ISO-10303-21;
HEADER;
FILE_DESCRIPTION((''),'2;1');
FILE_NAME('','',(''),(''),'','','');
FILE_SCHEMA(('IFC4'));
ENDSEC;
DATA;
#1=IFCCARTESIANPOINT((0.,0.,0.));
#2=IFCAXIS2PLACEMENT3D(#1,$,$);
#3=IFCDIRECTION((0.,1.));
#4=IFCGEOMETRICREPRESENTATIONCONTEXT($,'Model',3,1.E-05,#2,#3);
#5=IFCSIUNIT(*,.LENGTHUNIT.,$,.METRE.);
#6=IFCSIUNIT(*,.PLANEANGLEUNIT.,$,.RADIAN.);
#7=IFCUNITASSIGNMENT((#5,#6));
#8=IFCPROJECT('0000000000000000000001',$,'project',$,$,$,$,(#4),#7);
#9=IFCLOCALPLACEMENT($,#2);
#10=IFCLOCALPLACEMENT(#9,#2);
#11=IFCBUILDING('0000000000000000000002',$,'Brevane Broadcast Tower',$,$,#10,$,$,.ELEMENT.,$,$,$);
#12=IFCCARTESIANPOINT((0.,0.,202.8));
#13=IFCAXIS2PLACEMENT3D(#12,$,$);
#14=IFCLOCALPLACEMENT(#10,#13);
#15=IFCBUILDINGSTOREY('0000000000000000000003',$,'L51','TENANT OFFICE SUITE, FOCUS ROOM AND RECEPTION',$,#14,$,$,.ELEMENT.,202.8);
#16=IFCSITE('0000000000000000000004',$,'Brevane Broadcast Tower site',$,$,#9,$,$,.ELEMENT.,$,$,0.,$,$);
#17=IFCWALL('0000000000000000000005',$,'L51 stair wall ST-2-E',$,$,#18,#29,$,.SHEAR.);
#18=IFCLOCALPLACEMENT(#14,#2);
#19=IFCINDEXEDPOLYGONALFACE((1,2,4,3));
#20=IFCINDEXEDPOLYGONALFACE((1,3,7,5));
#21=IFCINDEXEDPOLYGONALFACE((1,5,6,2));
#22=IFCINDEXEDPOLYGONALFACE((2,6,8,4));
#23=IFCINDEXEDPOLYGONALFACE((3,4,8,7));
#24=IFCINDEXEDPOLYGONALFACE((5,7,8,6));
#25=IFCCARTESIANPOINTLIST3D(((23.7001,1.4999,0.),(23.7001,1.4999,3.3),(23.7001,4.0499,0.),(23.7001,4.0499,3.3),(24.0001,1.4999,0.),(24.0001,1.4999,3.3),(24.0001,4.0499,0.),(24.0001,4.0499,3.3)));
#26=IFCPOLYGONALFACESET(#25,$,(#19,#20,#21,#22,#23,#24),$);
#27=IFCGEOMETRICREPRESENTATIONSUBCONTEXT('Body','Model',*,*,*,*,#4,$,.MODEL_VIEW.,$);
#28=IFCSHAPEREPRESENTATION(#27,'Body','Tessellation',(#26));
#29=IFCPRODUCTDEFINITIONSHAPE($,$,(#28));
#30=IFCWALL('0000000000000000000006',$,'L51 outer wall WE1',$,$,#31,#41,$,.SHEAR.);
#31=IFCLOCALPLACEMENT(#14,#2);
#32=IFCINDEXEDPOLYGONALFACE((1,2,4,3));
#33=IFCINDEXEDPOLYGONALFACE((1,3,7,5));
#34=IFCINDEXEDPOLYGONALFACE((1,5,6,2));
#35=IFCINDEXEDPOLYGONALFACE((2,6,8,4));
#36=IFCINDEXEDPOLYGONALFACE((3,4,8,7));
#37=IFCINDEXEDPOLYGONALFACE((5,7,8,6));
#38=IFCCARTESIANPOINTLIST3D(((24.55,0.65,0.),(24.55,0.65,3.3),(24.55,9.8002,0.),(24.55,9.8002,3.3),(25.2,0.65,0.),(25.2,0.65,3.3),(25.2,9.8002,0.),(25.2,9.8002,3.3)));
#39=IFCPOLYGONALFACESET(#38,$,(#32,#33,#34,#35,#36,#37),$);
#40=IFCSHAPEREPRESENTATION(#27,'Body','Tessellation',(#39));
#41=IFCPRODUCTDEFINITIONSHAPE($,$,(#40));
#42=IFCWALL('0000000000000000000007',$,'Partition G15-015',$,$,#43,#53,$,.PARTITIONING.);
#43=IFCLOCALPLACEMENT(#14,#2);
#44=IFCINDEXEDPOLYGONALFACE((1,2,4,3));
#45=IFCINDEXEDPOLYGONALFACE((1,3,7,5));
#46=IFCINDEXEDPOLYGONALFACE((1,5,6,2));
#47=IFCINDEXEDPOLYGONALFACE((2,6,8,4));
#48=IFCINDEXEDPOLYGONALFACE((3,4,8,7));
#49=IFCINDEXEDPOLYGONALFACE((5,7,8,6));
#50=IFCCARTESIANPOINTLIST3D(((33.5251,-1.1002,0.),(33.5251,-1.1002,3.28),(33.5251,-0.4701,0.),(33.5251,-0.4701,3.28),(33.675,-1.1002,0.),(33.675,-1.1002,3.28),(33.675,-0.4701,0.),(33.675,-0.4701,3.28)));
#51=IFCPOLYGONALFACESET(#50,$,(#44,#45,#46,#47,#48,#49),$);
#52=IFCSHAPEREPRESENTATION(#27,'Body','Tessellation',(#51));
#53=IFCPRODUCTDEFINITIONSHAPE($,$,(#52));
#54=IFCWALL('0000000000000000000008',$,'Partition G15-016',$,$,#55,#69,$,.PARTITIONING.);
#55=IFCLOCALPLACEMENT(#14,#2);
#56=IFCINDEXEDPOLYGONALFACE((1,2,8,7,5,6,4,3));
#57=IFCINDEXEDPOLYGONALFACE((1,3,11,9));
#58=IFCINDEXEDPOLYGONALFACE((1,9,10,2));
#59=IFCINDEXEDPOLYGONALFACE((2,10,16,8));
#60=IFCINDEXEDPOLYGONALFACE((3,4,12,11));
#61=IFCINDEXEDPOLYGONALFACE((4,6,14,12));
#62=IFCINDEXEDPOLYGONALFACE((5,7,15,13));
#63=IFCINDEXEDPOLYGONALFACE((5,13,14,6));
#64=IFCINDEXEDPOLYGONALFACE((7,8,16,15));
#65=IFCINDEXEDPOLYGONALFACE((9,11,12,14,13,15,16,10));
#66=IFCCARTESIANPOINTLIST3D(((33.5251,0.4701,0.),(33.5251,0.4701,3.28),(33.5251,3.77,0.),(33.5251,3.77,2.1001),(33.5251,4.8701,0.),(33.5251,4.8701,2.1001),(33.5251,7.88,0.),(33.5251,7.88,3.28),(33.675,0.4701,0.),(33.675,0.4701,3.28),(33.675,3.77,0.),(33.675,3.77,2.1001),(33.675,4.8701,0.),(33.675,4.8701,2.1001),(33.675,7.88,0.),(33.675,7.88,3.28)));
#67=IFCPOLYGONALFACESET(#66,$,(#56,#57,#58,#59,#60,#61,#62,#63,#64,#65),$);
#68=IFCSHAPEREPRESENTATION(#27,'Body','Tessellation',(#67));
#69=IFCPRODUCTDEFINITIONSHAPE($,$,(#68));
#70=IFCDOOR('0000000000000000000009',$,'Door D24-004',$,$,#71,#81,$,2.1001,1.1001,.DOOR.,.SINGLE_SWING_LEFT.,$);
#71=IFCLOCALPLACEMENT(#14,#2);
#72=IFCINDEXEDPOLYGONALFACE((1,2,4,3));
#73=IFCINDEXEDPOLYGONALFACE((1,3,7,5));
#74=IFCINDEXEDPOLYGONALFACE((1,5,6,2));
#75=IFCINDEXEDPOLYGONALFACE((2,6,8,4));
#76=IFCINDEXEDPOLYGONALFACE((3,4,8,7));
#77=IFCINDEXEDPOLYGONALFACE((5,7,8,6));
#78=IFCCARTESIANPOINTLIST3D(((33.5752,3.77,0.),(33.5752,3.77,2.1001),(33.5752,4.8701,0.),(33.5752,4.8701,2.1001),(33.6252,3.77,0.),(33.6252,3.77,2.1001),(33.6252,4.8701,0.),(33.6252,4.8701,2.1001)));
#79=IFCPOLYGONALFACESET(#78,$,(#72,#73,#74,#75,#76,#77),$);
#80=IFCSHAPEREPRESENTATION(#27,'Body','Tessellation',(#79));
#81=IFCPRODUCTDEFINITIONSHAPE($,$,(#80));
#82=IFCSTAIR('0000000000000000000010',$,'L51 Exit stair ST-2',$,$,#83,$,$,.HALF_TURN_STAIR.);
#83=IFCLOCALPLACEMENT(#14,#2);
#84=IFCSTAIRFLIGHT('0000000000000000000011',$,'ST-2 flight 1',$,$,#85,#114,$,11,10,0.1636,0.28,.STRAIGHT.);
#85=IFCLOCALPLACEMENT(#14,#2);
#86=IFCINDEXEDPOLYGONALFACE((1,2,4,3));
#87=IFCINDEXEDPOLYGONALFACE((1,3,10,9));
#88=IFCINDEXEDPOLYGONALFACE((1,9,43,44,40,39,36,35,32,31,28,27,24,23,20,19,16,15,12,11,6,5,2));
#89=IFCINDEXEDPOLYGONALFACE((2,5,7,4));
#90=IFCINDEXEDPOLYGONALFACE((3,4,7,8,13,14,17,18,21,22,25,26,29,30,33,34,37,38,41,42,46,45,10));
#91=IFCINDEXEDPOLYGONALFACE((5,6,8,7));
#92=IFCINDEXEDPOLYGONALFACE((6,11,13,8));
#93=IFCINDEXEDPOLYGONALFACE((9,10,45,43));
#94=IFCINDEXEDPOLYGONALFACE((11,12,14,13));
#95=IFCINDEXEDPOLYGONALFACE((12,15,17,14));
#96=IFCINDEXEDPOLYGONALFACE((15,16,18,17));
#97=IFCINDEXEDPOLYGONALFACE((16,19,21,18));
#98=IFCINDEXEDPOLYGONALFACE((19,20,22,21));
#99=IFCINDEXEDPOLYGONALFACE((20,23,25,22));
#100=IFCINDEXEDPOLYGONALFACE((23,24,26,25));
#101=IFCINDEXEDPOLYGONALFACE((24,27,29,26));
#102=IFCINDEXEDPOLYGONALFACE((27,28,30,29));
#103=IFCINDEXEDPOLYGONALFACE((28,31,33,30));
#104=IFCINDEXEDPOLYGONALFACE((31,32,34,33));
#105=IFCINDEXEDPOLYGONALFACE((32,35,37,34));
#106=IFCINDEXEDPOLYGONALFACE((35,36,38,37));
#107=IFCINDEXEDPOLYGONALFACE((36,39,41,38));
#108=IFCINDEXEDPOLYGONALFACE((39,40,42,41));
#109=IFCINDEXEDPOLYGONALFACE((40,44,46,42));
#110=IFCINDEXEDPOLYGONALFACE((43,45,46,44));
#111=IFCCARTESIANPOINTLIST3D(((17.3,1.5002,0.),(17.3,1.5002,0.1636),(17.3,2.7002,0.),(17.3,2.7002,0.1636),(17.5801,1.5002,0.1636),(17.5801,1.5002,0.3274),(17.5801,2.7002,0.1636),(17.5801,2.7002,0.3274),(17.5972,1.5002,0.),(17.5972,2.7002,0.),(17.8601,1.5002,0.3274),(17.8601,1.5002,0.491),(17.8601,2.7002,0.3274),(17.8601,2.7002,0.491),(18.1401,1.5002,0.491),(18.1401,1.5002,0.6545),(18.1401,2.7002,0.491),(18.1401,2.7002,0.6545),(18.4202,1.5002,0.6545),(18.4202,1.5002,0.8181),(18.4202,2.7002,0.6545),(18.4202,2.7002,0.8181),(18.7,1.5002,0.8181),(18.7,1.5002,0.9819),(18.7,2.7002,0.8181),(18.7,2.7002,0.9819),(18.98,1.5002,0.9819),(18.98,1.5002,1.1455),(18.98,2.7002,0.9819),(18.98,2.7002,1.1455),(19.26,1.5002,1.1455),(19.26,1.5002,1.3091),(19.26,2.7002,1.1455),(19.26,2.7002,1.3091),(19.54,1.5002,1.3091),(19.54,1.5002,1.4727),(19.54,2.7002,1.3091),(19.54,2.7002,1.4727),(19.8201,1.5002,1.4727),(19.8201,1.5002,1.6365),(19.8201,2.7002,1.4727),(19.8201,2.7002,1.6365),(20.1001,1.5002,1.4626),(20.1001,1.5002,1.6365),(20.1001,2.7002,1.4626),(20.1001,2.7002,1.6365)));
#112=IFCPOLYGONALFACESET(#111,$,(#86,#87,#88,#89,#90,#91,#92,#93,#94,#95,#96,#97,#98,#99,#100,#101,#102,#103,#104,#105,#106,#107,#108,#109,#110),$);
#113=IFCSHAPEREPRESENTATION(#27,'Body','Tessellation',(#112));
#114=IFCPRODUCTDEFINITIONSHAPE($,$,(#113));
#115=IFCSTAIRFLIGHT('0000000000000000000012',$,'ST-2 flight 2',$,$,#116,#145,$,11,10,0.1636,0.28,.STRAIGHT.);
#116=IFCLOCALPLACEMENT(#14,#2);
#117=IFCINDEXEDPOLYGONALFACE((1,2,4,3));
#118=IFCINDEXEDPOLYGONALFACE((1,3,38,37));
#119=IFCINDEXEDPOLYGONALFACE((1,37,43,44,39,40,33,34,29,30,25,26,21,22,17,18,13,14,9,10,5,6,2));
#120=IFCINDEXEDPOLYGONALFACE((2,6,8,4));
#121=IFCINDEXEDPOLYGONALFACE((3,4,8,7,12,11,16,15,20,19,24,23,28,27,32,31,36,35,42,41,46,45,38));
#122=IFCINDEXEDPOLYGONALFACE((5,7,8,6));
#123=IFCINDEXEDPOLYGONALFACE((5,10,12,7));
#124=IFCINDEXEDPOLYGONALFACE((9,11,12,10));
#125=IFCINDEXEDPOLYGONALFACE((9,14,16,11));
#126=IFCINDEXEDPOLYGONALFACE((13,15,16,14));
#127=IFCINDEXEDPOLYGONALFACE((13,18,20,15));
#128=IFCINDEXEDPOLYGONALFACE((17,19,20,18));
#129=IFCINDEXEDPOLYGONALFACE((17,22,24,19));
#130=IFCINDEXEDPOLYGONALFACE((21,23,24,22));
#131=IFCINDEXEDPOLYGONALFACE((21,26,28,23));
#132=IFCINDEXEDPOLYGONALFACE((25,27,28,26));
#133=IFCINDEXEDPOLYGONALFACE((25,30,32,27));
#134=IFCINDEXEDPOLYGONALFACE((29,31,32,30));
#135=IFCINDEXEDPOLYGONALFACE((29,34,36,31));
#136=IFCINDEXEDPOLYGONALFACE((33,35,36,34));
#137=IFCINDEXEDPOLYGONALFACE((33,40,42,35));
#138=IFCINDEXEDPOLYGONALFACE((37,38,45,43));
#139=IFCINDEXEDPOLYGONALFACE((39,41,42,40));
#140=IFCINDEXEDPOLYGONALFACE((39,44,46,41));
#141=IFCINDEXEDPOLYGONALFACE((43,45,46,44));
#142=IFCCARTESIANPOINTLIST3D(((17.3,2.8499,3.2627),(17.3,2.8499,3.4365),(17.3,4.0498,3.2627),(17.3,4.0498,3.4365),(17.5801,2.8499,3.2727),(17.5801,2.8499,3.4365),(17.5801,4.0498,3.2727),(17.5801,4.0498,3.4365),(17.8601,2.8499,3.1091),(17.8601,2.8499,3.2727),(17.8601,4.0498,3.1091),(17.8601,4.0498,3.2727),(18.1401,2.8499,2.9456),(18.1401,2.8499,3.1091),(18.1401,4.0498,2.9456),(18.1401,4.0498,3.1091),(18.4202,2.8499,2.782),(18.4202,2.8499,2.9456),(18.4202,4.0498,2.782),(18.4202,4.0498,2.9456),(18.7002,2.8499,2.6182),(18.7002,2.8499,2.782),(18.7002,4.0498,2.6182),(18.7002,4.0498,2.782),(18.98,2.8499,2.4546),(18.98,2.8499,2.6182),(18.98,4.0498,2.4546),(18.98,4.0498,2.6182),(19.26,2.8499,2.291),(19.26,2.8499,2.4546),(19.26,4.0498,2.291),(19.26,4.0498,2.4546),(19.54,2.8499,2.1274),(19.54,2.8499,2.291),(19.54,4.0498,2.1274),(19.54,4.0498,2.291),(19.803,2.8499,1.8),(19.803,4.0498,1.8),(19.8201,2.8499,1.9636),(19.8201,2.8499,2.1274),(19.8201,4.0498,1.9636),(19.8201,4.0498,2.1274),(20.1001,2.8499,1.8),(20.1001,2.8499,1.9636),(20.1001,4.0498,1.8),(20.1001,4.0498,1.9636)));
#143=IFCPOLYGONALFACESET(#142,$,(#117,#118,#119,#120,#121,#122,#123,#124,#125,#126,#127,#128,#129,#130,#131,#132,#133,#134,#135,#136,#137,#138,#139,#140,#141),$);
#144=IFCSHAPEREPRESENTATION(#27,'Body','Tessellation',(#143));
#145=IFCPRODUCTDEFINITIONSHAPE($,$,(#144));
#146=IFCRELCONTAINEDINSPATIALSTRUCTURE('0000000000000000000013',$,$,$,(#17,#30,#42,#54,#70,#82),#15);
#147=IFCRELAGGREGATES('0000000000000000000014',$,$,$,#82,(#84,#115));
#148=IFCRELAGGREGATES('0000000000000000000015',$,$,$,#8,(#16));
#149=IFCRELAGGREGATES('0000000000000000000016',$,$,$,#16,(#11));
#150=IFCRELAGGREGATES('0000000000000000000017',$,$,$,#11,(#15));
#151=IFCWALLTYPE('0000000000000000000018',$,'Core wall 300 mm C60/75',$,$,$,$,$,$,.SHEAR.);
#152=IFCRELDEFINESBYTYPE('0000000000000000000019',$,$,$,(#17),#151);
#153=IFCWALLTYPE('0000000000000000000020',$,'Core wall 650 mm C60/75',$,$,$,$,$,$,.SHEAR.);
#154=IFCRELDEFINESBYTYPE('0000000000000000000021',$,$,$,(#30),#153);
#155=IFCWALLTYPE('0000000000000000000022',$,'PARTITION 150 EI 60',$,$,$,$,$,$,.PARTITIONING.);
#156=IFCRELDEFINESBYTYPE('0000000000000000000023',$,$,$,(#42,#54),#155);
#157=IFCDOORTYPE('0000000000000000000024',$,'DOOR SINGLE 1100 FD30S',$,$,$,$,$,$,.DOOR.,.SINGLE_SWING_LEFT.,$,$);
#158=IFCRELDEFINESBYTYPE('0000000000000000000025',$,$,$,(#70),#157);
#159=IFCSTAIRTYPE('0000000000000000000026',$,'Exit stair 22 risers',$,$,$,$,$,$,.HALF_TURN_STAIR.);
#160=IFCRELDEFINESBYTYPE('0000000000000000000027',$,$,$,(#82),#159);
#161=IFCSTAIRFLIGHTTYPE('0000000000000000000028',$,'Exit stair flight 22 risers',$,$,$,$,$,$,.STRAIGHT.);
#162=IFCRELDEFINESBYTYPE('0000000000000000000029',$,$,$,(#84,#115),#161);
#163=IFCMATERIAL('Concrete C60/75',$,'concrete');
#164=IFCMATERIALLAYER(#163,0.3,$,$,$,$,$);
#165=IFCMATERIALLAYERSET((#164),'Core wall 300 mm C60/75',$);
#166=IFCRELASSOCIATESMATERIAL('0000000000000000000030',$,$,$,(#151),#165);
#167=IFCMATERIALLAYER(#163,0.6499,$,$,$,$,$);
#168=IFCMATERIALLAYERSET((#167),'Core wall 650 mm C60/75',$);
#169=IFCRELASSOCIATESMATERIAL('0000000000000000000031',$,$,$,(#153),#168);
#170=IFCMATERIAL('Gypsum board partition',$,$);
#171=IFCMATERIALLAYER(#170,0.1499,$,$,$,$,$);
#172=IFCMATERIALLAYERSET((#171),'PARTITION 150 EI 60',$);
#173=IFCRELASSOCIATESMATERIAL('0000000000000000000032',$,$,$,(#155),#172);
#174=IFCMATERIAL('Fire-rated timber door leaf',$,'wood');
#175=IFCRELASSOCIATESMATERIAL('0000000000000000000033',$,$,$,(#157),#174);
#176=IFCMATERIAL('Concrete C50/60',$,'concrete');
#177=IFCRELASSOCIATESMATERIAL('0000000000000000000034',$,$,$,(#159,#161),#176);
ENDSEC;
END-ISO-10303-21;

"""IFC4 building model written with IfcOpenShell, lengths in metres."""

from ifc_helpers import new_model, si_unit, direction, frame, frame_2d, origin, place, context, subcontext, project, spatial, polyline, rectangle, outline, extrude, material, layer, layer_set, type_object, element, fill, aggregate, save


model = new_model("IFC4")

# Units and contexts
model_context = context("Model", 3, precision=1e-05, world=origin(), true_north=direction((0.0, 1.0)))
body_context = subcontext(model_context, "Body", "Model", "MODEL_VIEW")
ifc_project = project(units=[si_unit("LENGTHUNIT", "METRE"), si_unit("PLANEANGLEUNIT", "RADIAN")], contexts=[model_context])

# Site, building, storey
site_placement = place(None, origin())
site = spatial("IfcSite", under=ifc_project, at=site_placement, Name="Brevane Broadcast Tower site", CompositionType="ELEMENT", RefElevation=0.0)
building_placement = place(site_placement, origin())
building = spatial("IfcBuilding", under=site, at=building_placement, Name="Brevane Broadcast Tower", CompositionType="ELEMENT")
storey_placement = place(building_placement, frame((0.0, 0.0, 202.8)))
storey = spatial("IfcBuildingStorey", under=building, at=storey_placement, Name="L51", Description="TENANT OFFICE SUITE, FOCUS ROOM AND RECEPTION", CompositionType="ELEMENT", Elevation=202.8)

# Shared definitions
ifc_material_1 = material(Name="Concrete C60/75", Category="concrete")

# Walls
ifc_layer_1 = layer(ifc_material_1, 0.3)
ifc_layer_set_1 = layer_set([ifc_layer_1], Name="Core wall 300 mm C60/75")
wall_type_1 = type_object("IfcWallType", Name="Core wall 300 mm C60/75", PredefinedType="SHEAR", material=ifc_layer_set_1)
wall_1_placement = place(storey_placement, frame((23.8501, 1.5, 0.0), z_axis=(0.0, 0.0, 1.0), x_axis=(0.0, 1.0, 0.0)))
element("IfcWall", 1, at=wall_1_placement, inside=storey, type_object=wall_type_1, Name="L51 stair wall ST-2-E", PredefinedType="SHEAR", context=body_context, shape_type="SweptSolid", body=[
    extrude(rectangle(XDim=2.55, YDim=0.3, at=frame_2d((1.2749, 0.0))), origin(), (0.0, 0.0, 1.0), 3.3),
])
ifc_layer_2 = layer(ifc_material_1, 0.6499)
ifc_layer_set_2 = layer_set([ifc_layer_2], Name="Core wall 650 mm C60/75")
wall_type_2 = type_object("IfcWallType", Name="Core wall 650 mm C60/75", PredefinedType="SHEAR", material=ifc_layer_set_2)
wall_2_placement = place(storey_placement, frame((24.875, 0.6499, 0.0), z_axis=(0.0, 0.0, 1.0), x_axis=(0.0, 1.0, 0.0)))
element("IfcWall", 2, at=wall_2_placement, inside=storey, type_object=wall_type_2, Name="L51 outer wall WE1", PredefinedType="SHEAR", context=body_context, shape_type="SweptSolid", body=[
    extrude(rectangle(XDim=9.1501, YDim=0.6499, at=frame_2d((4.5752, 0.0))), origin(), (0.0, 0.0, 1.0), 3.3),
])
ifc_material_2 = material(Name="Gypsum board partition")
ifc_layer_3 = layer(ifc_material_2, 0.1499)
ifc_layer_set_3 = layer_set([ifc_layer_3], Name="PARTITION 150 EI 60")
wall_type_3 = type_object("IfcWallType", Name="PARTITION 150 EI 60", PredefinedType="PARTITIONING", material=ifc_layer_set_3)
wall_3_placement = place(storey_placement, frame((33.6001, -1.1001, 0.0), z_axis=(0.0, 0.0, 1.0), x_axis=(0.0, 1.0, 0.0)))
element("IfcWall", 3, at=wall_3_placement, inside=storey, type_object=wall_type_3, Name="Partition G15-015", PredefinedType="PARTITIONING", context=body_context, shape_type="SweptSolid", body=[
    extrude(rectangle(XDim=0.6301, YDim=0.1499, at=frame_2d((0.3149, 0.0))), origin(), (0.0, 0.0, 1.0), 3.28),
])

# Wall, opening, door
wall_4_placement = place(storey_placement, frame((33.6001, 0.47, 0.0), z_axis=(0.0, 0.0, 1.0), x_axis=(0.0, 1.0, 0.0)))
wall_4 = element("IfcWall", 4, at=wall_4_placement, inside=storey, type_object=wall_type_3, Name="Partition G15-016", PredefinedType="PARTITIONING", context=body_context, shape_type="SweptSolid", body=[
    extrude(rectangle(XDim=7.4099, YDim=0.1499, at=frame_2d((3.7051, 0.0))), origin(), (0.0, 0.0, 1.0), 3.28),
])
opening_1_placement = place(wall_4_placement, frame((3.3, 0.0, 0.0)))
opening_1 = element("IfcOpeningElement", 5, at=opening_1_placement, cuts=wall_4, PredefinedType="OPENING", context=body_context, shape_type="SweptSolid", body=[
    extrude(rectangle(XDim=1.1001, YDim=2.1001, at=frame_2d((0.55, 1.05))), frame((0.0, 0.085, 0.0), z_axis=(0.0, -1.0, 0.0), x_axis=(1.0, 0.0, 0.0)), (0.0, 0.0, 1.0), 0.1699),
])
ifc_material_3 = material(Name="Fire-rated timber door leaf", Category="wood")
door_type_1 = type_object("IfcDoorType", Name="DOOR SINGLE 1100 FD30S", OperationType="SINGLE_SWING_LEFT", PredefinedType="DOOR", material=ifc_material_3)
door_1_placement = place(opening_1_placement, origin())
door_1 = element("IfcDoor", 6, at=door_1_placement, inside=storey, type_object=door_type_1, Name="Door D24-004", OperationType="SINGLE_SWING_LEFT", OverallHeight=2.1001, OverallWidth=1.1001, PredefinedType="DOOR", context=body_context, shape_type="SweptSolid", body=[
    extrude(rectangle(XDim=1.1001, YDim=2.1001, at=frame_2d((0.55, 1.05))), frame((0.0, 0.0249, 0.0), z_axis=(0.0, -1.0, 0.0), x_axis=(1.0, 0.0, 0.0)), (0.0, 0.0, 1.0), 0.05),
])
fill(opening_1, door_1)

# Stair, stair flights
ifc_material_4 = material(Name="Concrete C50/60", Category="concrete")
stair_type = type_object("IfcStairType", Name="Exit stair 22 risers", PredefinedType="HALF_TURN_STAIR", material=ifc_material_4)
stair_placement = place(storey_placement, origin())
stair = element("IfcStair", 7, at=stair_placement, inside=storey, type_object=stair_type, Name="L51 Exit stair ST-2", PredefinedType="HALF_TURN_STAIR")
stair_flight_type = type_object("IfcStairFlightType", Name="Exit stair flight 22 risers", PredefinedType="STRAIGHT", material=ifc_material_4)
stair_flight_1_placement = place(storey_placement, frame((17.3, 2.1001, 0.0), z_axis=(0.0, 0.0, 1.0), x_axis=(1.0, 0.0, 0.0)))
stair_flight_1 = element("IfcStairFlight", 8, at=stair_flight_1_placement, type_object=stair_flight_type, Name="ST-2 flight 1", NumberOfRisers=11, NumberOfTreads=10, PredefinedType="STRAIGHT", RiserHeight=0.1636, TreadLength=0.28, context=body_context, shape_type="SweptSolid", body=[
    extrude(outline(polyline([(0.0, 0.0), (0.0, 0.1636), (0.28, 0.1636), (0.28, 0.3274), (0.5601, 0.3274), (0.5601, 0.491), (0.8401, 0.491), (0.8401, 0.6545), (1.1201, 0.6545), (1.1201, 0.8181), (1.3999, 0.8181), (1.3999, 0.9819), (1.6799, 0.9819), (1.6799, 1.1455), (1.96, 1.1455), (1.96, 1.3091), (2.24, 1.3091), (2.24, 1.4727), (2.52, 1.4727), (2.52, 1.6365), (2.8, 1.6365), (2.8, 1.8), (2.8, 1.4626), (0.2971, 0.0), (0.0, 0.0)])), frame((0.0, 0.6001, 0.0), z_axis=(0.0, -1.0, 0.0), x_axis=(1.0, 0.0, 0.0)), (0.0, 0.0, 1.0), 1.2),
])
stair_flight_2_placement = place(storey_placement, frame((20.1001, 3.45, 1.8), z_axis=(0.0, 0.0, 1.0), x_axis=(-1.0, 0.0, 0.0)))
stair_flight_2 = element("IfcStairFlight", 9, at=stair_flight_2_placement, type_object=stair_flight_type, Name="ST-2 flight 2", NumberOfRisers=11, NumberOfTreads=10, PredefinedType="STRAIGHT", RiserHeight=0.1636, TreadLength=0.28, context=body_context, shape_type="SweptSolid", body=[
    extrude(outline(polyline([(0.0, 0.0), (0.0, 0.1636), (0.28, 0.1636), (0.28, 0.3274), (0.5601, 0.3274), (0.5601, 0.491), (0.8401, 0.491), (0.8401, 0.6545), (1.1201, 0.6545), (1.1201, 0.8181), (1.3999, 0.8181), (1.3999, 0.9819), (1.6799, 0.9819), (1.6799, 1.1455), (1.96, 1.1455), (1.96, 1.3091), (2.24, 1.3091), (2.24, 1.4727), (2.52, 1.4727), (2.52, 1.6365), (2.8, 1.6365), (2.8, 1.8), (2.8, 1.4626), (0.2971, 0.0), (0.0, 0.0)])), frame((0.0, 0.6001, 0.0), z_axis=(0.0, -1.0, 0.0), x_axis=(1.0, 0.0, 0.0)), (0.0, 0.0, 1.0), 1.2),
])
aggregate(stair, [stair_flight_1, stair_flight_2])

save(model, "model.ifc")
